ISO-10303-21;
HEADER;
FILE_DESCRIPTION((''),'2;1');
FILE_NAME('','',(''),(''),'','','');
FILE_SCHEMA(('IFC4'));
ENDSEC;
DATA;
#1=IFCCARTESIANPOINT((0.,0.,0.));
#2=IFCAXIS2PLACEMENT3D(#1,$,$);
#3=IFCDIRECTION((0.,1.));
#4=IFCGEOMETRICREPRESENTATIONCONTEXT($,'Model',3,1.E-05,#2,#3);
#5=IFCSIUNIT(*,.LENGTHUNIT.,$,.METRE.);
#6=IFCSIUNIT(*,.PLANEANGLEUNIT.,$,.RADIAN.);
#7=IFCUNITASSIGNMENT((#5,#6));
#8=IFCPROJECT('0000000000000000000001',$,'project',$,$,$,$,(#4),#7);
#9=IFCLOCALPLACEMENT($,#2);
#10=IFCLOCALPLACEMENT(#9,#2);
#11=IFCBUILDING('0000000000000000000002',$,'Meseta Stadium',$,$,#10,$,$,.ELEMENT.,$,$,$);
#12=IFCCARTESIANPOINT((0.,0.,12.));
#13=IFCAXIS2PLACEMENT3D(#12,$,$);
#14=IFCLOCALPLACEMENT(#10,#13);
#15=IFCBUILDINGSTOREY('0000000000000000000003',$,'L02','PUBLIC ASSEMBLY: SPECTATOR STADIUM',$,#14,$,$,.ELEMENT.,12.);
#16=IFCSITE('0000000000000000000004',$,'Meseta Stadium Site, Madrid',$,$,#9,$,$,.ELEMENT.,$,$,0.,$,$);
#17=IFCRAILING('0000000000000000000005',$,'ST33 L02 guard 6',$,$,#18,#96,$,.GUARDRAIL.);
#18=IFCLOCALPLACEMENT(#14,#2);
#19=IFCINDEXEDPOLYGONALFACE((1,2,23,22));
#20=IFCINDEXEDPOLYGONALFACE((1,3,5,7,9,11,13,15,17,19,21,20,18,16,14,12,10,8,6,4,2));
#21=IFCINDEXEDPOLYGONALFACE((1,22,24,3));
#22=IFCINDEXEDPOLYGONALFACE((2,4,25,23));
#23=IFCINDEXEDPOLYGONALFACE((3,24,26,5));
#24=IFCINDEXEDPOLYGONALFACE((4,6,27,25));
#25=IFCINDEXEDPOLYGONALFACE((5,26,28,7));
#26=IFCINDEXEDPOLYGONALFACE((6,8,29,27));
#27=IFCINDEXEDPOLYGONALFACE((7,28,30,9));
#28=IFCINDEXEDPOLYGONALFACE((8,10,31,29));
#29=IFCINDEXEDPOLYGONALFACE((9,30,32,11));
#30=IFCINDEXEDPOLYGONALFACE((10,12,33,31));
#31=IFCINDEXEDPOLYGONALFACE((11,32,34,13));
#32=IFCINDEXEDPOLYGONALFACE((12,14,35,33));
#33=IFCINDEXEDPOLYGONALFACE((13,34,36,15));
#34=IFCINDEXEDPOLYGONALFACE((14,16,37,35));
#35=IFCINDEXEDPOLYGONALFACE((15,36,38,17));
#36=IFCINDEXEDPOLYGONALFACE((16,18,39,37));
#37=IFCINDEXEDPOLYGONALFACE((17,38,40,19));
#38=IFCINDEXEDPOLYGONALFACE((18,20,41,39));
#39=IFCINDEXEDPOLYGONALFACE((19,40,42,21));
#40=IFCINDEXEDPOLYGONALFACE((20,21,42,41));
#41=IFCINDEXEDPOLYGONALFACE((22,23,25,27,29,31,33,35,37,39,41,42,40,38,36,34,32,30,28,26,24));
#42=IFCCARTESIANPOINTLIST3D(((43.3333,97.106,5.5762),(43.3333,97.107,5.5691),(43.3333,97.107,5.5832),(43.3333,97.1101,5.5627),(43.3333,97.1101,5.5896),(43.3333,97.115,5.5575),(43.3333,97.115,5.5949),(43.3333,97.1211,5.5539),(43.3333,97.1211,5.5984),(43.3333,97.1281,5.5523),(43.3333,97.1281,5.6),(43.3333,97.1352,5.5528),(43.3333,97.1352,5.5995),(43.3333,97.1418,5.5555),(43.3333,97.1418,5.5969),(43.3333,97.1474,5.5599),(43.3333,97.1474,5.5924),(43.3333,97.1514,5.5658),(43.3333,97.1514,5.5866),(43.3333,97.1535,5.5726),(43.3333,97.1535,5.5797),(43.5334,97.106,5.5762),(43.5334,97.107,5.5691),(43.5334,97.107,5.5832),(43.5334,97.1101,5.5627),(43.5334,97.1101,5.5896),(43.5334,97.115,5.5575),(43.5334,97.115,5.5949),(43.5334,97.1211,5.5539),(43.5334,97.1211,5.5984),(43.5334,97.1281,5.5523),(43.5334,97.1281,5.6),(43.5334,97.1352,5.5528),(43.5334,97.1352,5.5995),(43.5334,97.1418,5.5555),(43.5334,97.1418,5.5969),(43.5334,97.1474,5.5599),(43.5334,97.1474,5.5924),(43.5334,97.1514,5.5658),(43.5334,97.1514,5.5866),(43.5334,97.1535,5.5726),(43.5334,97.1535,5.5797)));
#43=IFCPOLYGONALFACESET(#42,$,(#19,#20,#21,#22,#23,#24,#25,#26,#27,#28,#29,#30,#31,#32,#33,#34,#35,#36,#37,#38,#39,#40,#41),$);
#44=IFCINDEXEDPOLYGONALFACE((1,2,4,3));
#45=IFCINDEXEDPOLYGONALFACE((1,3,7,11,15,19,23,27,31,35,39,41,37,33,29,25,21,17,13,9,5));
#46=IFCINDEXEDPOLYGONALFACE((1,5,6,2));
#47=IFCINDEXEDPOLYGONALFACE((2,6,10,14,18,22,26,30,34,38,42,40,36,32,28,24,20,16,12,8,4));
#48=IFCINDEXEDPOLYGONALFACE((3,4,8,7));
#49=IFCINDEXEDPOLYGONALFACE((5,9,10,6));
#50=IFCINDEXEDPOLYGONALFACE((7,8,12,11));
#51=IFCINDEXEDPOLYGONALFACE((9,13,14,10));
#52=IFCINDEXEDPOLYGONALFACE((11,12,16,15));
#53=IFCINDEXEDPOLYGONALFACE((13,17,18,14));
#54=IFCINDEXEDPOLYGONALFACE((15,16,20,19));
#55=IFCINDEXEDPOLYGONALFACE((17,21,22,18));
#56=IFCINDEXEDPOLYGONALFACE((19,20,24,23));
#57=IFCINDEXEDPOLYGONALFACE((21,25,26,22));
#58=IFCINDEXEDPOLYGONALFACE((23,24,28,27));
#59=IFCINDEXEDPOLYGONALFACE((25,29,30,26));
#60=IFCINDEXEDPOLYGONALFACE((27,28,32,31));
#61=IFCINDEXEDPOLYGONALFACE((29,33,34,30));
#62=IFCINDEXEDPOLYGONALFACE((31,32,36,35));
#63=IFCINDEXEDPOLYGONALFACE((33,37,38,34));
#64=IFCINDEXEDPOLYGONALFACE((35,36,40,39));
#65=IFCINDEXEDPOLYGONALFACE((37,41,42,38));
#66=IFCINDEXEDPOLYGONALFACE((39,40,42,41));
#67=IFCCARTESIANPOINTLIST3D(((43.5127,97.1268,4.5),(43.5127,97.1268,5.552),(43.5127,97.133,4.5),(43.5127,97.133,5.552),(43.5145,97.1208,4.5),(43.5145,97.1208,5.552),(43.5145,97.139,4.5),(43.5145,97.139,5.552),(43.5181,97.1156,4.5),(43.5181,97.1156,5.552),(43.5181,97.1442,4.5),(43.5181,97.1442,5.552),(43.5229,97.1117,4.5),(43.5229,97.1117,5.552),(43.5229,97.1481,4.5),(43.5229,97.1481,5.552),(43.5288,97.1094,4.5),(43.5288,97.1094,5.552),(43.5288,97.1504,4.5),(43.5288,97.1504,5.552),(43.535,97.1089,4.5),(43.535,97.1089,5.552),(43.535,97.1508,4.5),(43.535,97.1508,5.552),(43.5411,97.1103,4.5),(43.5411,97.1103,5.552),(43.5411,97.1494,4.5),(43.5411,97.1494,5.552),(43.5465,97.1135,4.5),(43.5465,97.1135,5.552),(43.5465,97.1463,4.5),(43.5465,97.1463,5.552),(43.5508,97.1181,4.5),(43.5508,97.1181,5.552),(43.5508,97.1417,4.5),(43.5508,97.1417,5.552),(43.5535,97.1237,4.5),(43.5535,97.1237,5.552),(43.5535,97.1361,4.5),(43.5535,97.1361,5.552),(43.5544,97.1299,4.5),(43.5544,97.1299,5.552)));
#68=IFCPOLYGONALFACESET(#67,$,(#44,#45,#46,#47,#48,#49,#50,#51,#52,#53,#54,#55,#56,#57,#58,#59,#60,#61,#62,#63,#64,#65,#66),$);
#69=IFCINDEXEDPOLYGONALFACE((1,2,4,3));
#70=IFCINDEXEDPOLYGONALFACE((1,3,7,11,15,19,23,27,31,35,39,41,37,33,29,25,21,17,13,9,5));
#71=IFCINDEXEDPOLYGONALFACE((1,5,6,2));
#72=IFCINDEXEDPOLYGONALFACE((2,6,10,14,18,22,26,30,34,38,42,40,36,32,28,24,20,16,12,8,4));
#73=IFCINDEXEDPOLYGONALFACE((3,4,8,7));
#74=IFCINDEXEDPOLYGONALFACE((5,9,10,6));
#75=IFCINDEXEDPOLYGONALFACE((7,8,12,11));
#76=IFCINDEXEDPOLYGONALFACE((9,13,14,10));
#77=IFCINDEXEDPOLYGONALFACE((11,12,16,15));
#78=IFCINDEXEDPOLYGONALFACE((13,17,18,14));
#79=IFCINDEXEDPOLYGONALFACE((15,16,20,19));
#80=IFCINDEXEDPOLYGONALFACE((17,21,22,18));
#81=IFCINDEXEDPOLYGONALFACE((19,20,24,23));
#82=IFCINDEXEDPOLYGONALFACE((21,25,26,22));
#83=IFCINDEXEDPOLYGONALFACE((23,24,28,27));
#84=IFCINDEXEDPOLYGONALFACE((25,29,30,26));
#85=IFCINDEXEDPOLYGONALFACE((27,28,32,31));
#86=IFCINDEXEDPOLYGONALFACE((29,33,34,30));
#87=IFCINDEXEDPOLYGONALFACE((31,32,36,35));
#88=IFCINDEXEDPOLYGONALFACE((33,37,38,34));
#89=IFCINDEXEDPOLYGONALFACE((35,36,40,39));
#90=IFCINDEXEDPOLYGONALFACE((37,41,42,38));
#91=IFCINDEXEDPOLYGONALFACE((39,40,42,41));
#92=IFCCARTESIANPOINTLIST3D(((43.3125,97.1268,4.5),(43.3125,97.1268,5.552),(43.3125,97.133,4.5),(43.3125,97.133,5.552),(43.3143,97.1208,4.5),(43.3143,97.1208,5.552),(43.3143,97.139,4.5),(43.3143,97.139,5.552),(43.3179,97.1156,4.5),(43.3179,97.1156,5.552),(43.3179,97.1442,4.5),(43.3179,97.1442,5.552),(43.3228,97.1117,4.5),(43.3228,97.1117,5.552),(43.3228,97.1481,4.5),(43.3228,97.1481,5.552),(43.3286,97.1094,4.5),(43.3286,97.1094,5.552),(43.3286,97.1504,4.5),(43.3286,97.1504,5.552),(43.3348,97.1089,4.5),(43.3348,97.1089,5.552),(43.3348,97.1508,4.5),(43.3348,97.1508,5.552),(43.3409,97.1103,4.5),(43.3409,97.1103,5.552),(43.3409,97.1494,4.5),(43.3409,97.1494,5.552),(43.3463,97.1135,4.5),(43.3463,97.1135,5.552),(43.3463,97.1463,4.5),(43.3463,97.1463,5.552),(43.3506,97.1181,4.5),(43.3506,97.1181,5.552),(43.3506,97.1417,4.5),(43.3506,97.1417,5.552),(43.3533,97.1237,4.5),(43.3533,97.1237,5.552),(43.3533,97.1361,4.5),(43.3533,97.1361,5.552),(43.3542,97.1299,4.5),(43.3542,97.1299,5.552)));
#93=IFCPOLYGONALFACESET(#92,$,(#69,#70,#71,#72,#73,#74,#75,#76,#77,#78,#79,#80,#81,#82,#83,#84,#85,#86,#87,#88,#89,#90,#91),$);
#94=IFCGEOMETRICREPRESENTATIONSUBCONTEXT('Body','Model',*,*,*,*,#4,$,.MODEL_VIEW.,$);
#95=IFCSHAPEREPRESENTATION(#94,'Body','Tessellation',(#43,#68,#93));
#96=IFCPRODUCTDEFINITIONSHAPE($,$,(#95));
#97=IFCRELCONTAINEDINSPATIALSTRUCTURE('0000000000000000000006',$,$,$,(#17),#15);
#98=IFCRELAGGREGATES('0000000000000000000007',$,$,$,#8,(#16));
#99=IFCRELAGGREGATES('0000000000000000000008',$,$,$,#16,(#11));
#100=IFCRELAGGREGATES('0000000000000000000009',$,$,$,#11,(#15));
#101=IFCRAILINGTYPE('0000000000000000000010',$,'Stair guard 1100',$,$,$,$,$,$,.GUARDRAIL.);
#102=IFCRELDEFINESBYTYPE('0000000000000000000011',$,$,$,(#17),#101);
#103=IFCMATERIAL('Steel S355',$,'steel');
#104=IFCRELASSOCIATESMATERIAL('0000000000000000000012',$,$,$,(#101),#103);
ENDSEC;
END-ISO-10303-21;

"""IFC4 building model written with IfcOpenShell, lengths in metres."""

from ifc_helpers import new_model, si_unit, direction, frame, origin, origin_2d, place, context, subcontext, project, spatial, circle, extrude, material, type_object, element, save


model = new_model("IFC4")

# Units and contexts
model_context = context("Model", 3, precision=1e-05, world=origin(), true_north=direction((0.0, 1.0)))
body_context = subcontext(model_context, "Body", "Model", "MODEL_VIEW")
ifc_project = project(units=[si_unit("LENGTHUNIT", "METRE"), si_unit("PLANEANGLEUNIT", "RADIAN")], contexts=[model_context])

# Site, building, storey
site_placement = place(None, origin())
site = spatial("IfcSite", under=ifc_project, at=site_placement, Name="Meseta Stadium Site, Madrid", CompositionType="ELEMENT", RefElevation=0.0)
building_placement = place(site_placement, origin())
building = spatial("IfcBuilding", under=site, at=building_placement, Name="Meseta Stadium", CompositionType="ELEMENT")
storey_placement = place(building_placement, frame((0.0, 0.0, 12.0)))
storey = spatial("IfcBuildingStorey", under=building, at=storey_placement, Name="L02", Description="PUBLIC ASSEMBLY: SPECTATOR STADIUM", CompositionType="ELEMENT", Elevation=12.0)

# Railing
ifc_material_1 = material(Name="Steel S355", Category="steel")
railing_type_1 = type_object("IfcRailingType", Name="Stair guard 1100", PredefinedType="GUARDRAIL", material=ifc_material_1)
railing_1_placement = place(storey_placement, frame((43.5334, 97.1299, 4.5)))
element("IfcRailing", 1, at=railing_1_placement, inside=storey, type_object=railing_type_1, Name="ST33 L02 guard 6", PredefinedType="GUARDRAIL", context=body_context, shape_type="SweptSolid", body=[
    extrude(circle(Radius=0.0239, at=origin_2d()), frame((0.0, 0.0, 1.0762), z_axis=(-1.0, 0.0, 0.0), x_axis=(0.0, -1.0, 0.0)), (0.0, 0.0, 1.0), 0.2002),
    extrude(circle(Radius=0.021, at=origin_2d()), origin(), (0.0, 0.0, 1.0), 1.052),
    extrude(circle(Radius=0.021, at=origin_2d()), frame((-0.2002, 0.0, 0.0)), (0.0, 0.0, 1.0), 1.052),
])

save(model, "model.ifc")
